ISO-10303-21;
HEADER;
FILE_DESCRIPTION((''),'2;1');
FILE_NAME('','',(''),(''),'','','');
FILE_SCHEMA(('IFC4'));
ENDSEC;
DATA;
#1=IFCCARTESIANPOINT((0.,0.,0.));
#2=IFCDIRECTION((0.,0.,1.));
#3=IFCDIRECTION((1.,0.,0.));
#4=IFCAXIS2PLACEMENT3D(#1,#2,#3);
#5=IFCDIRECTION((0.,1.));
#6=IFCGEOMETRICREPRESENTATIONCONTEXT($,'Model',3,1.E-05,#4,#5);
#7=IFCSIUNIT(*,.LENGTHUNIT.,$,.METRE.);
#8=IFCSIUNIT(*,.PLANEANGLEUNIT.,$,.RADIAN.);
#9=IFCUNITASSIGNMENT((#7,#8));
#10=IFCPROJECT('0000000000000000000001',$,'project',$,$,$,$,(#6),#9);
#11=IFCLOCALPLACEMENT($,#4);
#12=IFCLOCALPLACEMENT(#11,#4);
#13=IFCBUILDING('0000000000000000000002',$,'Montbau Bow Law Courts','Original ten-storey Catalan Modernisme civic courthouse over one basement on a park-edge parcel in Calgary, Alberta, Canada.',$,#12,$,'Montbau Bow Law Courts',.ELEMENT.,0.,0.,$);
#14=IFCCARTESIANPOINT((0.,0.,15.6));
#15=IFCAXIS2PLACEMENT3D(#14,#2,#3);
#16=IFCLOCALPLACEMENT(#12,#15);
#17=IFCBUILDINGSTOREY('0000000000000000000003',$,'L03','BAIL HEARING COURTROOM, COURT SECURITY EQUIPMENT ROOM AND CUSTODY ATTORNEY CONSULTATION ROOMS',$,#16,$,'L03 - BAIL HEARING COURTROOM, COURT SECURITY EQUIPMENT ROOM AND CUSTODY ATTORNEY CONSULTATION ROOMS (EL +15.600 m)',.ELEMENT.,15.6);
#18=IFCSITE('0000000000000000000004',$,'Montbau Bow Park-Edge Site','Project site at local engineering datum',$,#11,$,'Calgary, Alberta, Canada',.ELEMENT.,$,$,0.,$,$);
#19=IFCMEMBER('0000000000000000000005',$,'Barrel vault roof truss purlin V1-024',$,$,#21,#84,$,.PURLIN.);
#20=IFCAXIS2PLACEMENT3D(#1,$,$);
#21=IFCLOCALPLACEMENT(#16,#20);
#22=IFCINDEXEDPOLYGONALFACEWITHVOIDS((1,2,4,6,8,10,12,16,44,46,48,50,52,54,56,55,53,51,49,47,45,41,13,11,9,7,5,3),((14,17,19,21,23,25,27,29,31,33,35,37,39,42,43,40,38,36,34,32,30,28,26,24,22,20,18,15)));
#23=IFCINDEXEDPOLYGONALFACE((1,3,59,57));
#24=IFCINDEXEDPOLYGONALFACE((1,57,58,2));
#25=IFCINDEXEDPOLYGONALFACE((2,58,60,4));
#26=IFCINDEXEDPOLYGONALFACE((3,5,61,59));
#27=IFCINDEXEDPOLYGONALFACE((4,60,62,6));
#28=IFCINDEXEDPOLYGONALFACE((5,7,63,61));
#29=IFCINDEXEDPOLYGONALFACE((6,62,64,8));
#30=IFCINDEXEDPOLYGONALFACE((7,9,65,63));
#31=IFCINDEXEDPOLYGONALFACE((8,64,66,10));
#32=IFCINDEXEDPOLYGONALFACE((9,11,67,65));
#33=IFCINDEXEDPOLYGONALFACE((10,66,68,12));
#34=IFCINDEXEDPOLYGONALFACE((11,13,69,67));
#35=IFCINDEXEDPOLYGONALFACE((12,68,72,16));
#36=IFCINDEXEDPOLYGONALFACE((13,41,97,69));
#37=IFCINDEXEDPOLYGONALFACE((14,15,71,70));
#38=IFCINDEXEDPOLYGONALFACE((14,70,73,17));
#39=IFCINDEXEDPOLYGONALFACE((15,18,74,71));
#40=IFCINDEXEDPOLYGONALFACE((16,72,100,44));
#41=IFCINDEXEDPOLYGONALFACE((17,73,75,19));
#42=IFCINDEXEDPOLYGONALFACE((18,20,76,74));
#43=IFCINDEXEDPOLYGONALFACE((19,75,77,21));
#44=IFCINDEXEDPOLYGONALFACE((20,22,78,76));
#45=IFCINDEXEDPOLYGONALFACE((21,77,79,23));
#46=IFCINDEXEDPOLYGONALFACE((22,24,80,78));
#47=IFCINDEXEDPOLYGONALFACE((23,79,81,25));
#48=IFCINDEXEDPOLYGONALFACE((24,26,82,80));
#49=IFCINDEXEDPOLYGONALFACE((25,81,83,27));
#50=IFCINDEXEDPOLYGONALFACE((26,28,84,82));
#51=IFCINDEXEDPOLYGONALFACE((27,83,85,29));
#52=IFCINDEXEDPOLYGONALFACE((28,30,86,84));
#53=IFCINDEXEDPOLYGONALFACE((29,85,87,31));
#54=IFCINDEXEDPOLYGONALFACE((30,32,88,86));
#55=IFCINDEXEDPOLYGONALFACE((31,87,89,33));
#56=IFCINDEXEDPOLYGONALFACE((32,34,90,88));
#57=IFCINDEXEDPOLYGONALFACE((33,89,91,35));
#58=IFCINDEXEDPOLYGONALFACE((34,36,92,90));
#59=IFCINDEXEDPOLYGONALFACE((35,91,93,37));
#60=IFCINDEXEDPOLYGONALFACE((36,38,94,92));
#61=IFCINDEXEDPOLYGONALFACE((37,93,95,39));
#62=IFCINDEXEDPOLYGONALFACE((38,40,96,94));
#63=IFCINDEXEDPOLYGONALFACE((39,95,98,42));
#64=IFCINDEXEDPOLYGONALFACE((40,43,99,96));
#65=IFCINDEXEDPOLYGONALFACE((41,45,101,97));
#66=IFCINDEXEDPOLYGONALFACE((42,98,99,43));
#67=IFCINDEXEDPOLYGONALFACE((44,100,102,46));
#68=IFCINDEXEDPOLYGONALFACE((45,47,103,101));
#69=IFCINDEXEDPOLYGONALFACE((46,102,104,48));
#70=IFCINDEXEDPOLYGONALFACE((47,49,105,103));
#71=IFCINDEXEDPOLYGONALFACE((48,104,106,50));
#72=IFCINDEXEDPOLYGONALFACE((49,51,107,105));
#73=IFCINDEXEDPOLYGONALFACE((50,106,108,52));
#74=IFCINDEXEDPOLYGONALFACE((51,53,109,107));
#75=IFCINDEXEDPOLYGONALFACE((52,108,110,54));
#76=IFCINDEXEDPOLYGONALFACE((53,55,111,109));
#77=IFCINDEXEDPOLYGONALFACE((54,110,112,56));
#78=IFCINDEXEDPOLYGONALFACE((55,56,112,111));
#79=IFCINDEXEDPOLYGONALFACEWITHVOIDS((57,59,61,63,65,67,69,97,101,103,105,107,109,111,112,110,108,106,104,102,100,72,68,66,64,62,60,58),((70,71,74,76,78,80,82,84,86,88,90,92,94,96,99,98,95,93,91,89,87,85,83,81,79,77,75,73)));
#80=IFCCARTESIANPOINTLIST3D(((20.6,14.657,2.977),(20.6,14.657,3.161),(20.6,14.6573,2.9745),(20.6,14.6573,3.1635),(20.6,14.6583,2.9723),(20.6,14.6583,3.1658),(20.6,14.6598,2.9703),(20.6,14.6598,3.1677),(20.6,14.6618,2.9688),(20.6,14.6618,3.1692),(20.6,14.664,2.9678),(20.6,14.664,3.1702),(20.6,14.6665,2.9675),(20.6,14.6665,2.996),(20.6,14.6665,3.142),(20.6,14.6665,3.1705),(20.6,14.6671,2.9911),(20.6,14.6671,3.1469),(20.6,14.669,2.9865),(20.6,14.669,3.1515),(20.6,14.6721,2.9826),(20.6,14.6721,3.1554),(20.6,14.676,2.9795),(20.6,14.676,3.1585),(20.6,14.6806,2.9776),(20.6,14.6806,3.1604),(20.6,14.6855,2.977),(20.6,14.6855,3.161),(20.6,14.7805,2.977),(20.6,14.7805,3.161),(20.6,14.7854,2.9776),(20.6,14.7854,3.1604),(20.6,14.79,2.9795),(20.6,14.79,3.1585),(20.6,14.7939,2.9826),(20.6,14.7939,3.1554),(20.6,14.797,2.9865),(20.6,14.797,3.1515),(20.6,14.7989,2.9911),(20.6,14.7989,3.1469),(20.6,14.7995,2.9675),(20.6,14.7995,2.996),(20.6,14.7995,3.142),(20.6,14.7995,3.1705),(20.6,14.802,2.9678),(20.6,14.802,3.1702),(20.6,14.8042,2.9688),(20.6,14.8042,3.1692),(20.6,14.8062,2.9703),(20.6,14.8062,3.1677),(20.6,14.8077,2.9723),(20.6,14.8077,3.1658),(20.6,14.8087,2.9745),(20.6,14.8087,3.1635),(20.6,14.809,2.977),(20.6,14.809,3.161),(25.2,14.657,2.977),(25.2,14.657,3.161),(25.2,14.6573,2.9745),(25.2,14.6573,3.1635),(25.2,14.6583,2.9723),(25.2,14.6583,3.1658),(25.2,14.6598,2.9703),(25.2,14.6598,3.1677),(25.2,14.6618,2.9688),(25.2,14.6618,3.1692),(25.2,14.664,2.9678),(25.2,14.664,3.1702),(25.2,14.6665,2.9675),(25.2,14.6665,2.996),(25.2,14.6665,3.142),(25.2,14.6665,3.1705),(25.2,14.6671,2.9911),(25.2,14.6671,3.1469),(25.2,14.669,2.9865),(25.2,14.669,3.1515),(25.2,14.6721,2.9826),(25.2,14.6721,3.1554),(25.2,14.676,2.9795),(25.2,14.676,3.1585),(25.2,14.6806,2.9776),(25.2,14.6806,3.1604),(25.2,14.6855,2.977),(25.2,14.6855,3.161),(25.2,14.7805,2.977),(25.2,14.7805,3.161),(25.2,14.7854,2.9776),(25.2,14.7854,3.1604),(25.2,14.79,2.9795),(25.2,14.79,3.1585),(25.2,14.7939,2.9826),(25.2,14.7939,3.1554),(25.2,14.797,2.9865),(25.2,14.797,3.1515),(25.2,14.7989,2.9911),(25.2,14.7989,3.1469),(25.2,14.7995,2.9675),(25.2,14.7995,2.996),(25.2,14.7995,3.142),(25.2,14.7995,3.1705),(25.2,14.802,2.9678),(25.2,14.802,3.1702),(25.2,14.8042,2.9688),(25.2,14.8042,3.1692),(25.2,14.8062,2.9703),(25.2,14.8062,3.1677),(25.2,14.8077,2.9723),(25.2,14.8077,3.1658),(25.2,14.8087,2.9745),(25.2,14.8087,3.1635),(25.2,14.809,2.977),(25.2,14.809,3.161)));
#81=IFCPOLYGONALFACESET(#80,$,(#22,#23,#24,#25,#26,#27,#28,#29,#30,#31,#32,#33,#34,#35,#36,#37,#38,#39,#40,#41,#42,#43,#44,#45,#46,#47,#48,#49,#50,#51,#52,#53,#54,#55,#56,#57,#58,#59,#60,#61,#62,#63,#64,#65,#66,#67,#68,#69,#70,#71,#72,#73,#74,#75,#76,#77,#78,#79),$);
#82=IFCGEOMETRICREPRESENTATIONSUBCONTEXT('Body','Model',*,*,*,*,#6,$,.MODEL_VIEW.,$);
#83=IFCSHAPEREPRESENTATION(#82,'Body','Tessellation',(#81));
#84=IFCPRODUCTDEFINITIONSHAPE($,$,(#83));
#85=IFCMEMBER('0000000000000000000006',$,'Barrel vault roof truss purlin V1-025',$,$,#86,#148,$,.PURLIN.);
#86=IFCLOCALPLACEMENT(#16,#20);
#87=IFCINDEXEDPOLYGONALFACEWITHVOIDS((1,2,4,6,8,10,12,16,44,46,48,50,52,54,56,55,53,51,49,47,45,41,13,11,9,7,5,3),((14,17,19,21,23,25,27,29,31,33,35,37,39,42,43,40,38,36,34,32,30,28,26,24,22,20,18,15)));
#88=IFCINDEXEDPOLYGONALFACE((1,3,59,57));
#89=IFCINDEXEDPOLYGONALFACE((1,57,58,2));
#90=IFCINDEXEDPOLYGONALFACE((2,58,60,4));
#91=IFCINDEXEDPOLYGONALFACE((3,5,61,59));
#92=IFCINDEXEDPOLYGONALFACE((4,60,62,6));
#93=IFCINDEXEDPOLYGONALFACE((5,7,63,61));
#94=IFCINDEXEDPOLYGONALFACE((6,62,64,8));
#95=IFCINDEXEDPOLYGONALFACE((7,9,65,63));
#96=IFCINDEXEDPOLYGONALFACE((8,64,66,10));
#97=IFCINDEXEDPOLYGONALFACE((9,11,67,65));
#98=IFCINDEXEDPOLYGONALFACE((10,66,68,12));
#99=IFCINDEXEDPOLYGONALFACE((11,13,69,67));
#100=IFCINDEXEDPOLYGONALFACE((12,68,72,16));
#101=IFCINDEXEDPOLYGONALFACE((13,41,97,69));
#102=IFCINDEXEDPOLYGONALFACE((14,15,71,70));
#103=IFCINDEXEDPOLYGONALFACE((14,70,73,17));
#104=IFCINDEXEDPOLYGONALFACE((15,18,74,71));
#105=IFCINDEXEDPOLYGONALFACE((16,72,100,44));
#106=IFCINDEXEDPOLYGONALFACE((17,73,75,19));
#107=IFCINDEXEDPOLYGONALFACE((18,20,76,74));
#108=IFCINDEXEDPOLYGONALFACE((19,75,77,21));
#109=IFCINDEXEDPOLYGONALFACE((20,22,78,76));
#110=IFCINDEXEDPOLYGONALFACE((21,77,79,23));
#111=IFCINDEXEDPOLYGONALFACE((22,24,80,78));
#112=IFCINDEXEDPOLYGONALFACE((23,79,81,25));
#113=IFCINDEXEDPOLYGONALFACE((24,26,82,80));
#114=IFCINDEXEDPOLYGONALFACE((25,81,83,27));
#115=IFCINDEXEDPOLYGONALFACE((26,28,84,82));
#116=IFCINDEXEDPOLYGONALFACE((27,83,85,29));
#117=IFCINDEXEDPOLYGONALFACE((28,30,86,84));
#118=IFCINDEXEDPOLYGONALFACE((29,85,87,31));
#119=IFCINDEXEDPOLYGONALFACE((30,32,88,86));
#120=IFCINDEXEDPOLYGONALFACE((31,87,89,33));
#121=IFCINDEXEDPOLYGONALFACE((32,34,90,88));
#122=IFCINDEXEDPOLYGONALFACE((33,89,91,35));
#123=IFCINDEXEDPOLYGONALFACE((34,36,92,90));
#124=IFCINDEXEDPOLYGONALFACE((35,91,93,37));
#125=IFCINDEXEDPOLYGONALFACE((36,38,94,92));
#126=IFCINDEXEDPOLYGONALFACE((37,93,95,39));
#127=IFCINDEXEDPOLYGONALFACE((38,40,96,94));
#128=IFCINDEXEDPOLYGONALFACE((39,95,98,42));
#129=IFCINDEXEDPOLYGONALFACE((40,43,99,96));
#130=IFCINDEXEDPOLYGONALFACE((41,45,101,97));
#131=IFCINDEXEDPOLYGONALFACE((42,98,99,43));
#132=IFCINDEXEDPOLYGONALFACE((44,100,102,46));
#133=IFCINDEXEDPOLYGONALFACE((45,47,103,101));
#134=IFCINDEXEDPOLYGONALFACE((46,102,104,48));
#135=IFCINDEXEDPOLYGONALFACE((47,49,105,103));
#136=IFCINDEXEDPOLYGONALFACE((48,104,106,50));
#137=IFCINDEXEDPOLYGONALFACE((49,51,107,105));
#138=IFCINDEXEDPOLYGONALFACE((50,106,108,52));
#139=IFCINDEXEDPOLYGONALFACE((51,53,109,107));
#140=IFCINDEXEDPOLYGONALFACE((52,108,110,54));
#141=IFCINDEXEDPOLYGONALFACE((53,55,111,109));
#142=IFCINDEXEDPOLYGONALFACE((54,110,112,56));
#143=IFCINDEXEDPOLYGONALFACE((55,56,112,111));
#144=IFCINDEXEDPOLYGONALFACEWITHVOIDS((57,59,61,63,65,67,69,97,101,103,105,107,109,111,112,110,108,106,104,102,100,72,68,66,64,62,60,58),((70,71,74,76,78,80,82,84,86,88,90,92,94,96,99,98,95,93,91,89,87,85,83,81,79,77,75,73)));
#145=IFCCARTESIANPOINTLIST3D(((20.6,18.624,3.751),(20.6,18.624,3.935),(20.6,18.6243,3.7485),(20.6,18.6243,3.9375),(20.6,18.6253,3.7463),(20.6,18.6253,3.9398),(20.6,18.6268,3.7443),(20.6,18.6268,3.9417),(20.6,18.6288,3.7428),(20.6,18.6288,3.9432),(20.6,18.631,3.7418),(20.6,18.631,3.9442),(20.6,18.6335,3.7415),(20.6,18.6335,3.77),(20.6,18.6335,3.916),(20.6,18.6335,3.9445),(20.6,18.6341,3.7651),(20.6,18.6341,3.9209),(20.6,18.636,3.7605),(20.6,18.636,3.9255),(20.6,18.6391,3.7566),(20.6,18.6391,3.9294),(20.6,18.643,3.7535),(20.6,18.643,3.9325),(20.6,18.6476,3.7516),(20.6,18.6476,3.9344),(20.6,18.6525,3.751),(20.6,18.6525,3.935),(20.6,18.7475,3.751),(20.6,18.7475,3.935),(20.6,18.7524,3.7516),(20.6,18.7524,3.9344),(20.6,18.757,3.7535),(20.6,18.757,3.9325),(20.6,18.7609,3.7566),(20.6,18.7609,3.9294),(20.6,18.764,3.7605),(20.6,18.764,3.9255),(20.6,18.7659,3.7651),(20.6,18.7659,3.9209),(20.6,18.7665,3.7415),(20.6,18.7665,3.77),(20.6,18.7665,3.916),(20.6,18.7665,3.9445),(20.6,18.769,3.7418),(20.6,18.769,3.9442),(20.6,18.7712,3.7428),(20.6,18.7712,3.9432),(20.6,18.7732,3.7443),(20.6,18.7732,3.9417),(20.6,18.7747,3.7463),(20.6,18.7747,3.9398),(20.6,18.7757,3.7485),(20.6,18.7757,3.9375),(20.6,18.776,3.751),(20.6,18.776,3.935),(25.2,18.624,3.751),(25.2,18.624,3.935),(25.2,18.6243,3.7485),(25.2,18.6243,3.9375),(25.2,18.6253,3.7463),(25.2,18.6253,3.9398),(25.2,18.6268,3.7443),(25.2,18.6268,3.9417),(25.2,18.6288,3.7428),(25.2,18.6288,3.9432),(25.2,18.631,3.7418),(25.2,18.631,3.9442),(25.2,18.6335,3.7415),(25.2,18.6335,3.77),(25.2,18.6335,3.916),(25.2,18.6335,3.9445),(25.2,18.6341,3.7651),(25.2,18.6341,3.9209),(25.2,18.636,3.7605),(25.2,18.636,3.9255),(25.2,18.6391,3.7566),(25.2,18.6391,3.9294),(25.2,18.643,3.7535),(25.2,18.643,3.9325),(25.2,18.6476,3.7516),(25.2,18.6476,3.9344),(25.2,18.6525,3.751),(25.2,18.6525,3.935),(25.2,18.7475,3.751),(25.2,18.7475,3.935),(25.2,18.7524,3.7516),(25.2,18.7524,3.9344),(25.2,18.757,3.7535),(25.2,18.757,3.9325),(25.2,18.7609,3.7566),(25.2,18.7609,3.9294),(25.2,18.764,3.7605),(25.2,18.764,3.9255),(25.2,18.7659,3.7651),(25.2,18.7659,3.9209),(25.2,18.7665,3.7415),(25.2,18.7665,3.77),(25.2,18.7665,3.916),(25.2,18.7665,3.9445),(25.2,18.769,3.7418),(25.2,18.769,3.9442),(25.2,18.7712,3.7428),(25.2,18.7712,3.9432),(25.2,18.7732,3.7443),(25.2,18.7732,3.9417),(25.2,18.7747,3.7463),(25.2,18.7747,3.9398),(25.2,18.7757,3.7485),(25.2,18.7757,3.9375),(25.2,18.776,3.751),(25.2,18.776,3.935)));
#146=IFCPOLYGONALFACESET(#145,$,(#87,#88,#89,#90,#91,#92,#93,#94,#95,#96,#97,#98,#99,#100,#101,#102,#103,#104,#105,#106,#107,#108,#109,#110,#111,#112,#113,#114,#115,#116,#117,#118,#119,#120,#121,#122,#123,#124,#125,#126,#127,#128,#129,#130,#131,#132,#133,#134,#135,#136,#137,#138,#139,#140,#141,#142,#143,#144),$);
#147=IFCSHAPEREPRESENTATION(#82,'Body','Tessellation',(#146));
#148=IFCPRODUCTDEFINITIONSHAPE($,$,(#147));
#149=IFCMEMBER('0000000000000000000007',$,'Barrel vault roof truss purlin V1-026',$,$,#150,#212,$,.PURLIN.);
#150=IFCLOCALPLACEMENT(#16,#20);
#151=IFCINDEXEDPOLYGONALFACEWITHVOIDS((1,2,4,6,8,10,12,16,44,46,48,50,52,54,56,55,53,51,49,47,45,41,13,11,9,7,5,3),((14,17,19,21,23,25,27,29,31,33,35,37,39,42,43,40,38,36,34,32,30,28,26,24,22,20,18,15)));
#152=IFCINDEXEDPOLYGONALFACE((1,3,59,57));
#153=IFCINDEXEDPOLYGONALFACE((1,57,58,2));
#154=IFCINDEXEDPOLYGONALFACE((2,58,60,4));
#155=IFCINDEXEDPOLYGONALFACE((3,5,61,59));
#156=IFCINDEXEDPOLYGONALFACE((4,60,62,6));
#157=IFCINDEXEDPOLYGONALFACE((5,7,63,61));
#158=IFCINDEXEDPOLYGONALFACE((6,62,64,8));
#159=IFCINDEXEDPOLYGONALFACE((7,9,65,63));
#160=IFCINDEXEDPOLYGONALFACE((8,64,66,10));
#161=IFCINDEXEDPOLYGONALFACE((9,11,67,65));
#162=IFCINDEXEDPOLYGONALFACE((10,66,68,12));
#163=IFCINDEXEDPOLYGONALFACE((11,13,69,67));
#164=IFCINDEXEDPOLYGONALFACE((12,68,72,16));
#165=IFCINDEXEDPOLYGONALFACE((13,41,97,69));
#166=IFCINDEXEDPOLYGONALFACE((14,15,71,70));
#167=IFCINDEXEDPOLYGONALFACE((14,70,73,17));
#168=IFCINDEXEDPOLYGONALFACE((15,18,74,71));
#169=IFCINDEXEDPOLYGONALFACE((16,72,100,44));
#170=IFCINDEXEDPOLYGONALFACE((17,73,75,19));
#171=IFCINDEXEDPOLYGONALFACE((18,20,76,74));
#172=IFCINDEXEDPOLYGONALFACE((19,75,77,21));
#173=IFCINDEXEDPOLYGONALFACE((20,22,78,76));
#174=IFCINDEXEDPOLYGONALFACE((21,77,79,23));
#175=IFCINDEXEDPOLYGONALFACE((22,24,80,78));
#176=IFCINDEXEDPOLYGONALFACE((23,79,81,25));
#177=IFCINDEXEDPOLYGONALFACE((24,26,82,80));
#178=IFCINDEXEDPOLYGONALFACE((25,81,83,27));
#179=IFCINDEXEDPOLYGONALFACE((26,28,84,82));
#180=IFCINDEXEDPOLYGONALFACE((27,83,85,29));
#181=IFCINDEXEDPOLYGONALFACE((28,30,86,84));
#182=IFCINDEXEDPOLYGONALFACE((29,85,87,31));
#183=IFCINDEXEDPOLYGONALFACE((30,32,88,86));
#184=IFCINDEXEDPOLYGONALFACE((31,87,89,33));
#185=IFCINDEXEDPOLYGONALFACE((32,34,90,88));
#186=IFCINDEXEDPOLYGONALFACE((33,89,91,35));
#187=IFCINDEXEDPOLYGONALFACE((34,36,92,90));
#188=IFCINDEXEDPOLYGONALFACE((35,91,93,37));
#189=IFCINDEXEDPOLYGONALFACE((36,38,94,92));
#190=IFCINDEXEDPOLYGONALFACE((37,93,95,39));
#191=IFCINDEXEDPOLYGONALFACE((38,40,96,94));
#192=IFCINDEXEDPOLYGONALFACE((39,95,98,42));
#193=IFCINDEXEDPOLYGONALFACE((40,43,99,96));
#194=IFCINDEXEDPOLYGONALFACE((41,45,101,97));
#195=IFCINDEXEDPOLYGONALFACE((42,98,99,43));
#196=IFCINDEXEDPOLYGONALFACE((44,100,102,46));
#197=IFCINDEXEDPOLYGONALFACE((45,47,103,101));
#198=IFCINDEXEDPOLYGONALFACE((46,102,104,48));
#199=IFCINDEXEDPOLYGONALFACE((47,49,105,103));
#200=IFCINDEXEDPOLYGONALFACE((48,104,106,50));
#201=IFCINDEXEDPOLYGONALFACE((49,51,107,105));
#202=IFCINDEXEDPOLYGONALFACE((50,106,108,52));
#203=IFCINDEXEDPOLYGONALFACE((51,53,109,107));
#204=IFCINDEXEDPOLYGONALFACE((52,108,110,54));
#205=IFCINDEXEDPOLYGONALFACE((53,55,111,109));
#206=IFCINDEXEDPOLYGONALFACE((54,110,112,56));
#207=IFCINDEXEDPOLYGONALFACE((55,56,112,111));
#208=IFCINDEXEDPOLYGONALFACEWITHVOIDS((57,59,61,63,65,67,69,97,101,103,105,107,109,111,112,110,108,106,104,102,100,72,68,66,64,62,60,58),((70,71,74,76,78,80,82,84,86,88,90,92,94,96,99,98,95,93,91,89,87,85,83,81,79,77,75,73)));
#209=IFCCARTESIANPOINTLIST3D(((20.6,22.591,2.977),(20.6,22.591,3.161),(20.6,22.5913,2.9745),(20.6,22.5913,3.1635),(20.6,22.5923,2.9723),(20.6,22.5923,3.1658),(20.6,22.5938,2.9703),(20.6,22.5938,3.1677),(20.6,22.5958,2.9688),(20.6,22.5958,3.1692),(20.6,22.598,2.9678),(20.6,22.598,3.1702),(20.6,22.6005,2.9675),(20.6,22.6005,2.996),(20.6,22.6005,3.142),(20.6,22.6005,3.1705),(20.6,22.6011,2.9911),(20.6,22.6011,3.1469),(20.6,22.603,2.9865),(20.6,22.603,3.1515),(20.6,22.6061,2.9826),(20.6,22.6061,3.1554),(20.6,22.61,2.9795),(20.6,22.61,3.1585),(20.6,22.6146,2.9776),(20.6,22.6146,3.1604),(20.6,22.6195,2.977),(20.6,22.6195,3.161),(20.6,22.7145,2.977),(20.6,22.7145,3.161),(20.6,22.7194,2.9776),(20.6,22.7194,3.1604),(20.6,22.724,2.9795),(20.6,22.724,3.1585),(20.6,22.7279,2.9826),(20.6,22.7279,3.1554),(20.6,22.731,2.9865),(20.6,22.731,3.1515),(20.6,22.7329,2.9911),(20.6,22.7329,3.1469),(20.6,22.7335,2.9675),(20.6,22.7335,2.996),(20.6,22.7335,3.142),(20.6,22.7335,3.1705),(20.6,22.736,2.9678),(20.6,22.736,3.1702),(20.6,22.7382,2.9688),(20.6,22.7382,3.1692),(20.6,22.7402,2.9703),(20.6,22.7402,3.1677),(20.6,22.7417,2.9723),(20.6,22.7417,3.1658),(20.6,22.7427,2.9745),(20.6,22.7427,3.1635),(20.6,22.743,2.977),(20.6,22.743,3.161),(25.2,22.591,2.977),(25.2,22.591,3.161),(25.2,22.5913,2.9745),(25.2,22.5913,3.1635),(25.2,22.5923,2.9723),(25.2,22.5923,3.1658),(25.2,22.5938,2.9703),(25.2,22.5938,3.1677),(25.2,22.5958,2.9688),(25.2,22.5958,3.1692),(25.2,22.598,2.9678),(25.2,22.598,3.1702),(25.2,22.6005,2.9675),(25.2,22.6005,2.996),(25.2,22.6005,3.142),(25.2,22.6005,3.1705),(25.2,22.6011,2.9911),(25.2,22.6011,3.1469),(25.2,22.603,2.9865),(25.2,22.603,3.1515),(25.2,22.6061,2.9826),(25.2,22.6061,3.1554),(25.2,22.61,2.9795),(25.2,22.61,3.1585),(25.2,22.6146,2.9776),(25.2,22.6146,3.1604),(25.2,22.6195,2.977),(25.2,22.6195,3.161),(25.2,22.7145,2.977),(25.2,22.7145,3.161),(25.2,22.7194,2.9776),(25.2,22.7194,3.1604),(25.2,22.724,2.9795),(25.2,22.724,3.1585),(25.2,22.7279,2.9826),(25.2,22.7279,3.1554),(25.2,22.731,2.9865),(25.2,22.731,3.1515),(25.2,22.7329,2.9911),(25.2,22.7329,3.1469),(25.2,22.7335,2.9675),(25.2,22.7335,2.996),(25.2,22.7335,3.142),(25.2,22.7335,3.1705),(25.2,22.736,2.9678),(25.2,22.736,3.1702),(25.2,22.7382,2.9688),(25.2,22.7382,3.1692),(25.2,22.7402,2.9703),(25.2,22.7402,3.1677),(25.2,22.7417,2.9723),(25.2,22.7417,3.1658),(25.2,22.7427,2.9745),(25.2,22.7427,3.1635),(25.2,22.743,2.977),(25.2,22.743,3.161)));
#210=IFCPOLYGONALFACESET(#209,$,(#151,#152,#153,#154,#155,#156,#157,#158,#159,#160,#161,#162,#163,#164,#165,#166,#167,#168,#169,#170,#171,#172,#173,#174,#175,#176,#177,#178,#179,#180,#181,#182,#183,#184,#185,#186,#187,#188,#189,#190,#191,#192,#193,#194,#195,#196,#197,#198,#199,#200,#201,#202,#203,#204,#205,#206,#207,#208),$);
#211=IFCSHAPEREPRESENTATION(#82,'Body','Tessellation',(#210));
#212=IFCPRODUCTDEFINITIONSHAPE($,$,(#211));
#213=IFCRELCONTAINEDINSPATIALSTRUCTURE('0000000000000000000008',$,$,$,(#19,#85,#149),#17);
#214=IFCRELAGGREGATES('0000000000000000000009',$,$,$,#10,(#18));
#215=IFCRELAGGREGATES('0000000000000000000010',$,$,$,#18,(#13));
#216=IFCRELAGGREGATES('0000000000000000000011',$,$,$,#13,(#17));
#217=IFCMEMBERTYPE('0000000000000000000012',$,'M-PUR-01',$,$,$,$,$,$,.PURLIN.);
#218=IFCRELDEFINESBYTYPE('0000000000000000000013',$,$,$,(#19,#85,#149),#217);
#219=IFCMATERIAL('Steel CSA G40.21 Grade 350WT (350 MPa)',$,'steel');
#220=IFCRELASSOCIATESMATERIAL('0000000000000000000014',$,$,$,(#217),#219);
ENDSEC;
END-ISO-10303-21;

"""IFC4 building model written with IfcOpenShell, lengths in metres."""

from ifc_helpers import new_model, si_unit, direction, frame, origin_with_axes, origin_2d_with_axis, place, context, subcontext, project, spatial, hollow_rectangle, extrude, material, material_profile, profile_set, type_object, element, save


model = new_model("IFC4")

# Units and contexts
model_context = context("Model", 3, precision=1e-05, world=origin_with_axes(), true_north=direction((0.0, 1.0)))
body_context = subcontext(model_context, "Body", "Model", "MODEL_VIEW")
ifc_project = project(units=[si_unit("LENGTHUNIT", "METRE"), si_unit("PLANEANGLEUNIT", "RADIAN")], contexts=[model_context])

# Site, building, storey
site_placement = place(None, origin_with_axes())
site = spatial("IfcSite", under=ifc_project, at=site_placement, Name="Montbau Bow Park-Edge Site", Description="Project site at local engineering datum", LongName="Calgary, Alberta, Canada", CompositionType="ELEMENT", RefElevation=0.0)
building_placement = place(site_placement, origin_with_axes())
building = spatial("IfcBuilding", under=site, at=building_placement, Name="Montbau Bow Law Courts", Description="Original ten-storey Catalan Modernisme civic courthouse over one basement on a park-edge parcel in Calgary, Alberta, Canada.", LongName="Montbau Bow Law Courts", CompositionType="ELEMENT", ElevationOfRefHeight=0.0, ElevationOfTerrain=0.0)
storey_placement = place(building_placement, frame((0.0, 0.0, 15.6), z_axis=(0.0, 0.0, 1.0), x_axis=(1.0, 0.0, 0.0)))
storey = spatial("IfcBuildingStorey", under=building, at=storey_placement, Name="L03", Description="BAIL HEARING COURTROOM, COURT SECURITY EQUIPMENT ROOM AND CUSTODY ATTORNEY CONSULTATION ROOMS", LongName="L03 - BAIL HEARING COURTROOM, COURT SECURITY EQUIPMENT ROOM AND CUSTODY ATTORNEY CONSULTATION ROOMS (EL +15.600 m)", CompositionType="ELEMENT", Elevation=15.6)

# Shared definitions
ifc_material_1 = material(Name="Steel CSA G40.21 Grade 350WT (350 MPa)", Category="steel")

# Members
ifc_material_profile_1 = material_profile(ifc_material_1, hollow_rectangle(XDim=0.152, YDim=0.203, WallThickness=0.0095, InnerFilletRadius=0.019, OuterFilletRadius=0.0095, at=origin_2d_with_axis()), Name="HSS203X152X9.5", Category="Main", Priority=0)
ifc_profile_set_1 = profile_set([ifc_material_profile_1], Name="Steel CSA G40.21 Grade 350WT (350 MPa)")
member_type = type_object("IfcMemberType", Name="M-PUR-01", PredefinedType="PURLIN", material=ifc_profile_set_1)
for number, where, z_axis, x_axis, name in (
    (1, (20.6, 14.733, 18.669), (1.0, 0.0, 0.0), (0.0, 1.0, 0.0), "Barrel vault roof truss purlin V1-024"),
    (2, (20.6, 18.7, 19.443), (1.0, 0.0, 0.0), (0.0, 1.0, 0.0), "Barrel vault roof truss purlin V1-025"),
    (3, (20.6, 22.667, 18.669), (1.0, 0.0, 0.0), (0.0, 1.0, 0.0), "Barrel vault roof truss purlin V1-026"),
):
    element("IfcMember", number, at=place(None, frame(where, z_axis=z_axis, x_axis=x_axis)), inside=storey, type_object=member_type, Name=name, PredefinedType="PURLIN", context=body_context, shape_type="SweptSolid", body=[
        extrude(hollow_rectangle(XDim=0.152, YDim=0.203, WallThickness=0.0095, InnerFilletRadius=0.019, OuterFilletRadius=0.0095, at=origin_2d_with_axis()), origin_with_axes(), (0.0, 0.0, 1.0), 4.6),
    ])

save(model, "model.ifc")
